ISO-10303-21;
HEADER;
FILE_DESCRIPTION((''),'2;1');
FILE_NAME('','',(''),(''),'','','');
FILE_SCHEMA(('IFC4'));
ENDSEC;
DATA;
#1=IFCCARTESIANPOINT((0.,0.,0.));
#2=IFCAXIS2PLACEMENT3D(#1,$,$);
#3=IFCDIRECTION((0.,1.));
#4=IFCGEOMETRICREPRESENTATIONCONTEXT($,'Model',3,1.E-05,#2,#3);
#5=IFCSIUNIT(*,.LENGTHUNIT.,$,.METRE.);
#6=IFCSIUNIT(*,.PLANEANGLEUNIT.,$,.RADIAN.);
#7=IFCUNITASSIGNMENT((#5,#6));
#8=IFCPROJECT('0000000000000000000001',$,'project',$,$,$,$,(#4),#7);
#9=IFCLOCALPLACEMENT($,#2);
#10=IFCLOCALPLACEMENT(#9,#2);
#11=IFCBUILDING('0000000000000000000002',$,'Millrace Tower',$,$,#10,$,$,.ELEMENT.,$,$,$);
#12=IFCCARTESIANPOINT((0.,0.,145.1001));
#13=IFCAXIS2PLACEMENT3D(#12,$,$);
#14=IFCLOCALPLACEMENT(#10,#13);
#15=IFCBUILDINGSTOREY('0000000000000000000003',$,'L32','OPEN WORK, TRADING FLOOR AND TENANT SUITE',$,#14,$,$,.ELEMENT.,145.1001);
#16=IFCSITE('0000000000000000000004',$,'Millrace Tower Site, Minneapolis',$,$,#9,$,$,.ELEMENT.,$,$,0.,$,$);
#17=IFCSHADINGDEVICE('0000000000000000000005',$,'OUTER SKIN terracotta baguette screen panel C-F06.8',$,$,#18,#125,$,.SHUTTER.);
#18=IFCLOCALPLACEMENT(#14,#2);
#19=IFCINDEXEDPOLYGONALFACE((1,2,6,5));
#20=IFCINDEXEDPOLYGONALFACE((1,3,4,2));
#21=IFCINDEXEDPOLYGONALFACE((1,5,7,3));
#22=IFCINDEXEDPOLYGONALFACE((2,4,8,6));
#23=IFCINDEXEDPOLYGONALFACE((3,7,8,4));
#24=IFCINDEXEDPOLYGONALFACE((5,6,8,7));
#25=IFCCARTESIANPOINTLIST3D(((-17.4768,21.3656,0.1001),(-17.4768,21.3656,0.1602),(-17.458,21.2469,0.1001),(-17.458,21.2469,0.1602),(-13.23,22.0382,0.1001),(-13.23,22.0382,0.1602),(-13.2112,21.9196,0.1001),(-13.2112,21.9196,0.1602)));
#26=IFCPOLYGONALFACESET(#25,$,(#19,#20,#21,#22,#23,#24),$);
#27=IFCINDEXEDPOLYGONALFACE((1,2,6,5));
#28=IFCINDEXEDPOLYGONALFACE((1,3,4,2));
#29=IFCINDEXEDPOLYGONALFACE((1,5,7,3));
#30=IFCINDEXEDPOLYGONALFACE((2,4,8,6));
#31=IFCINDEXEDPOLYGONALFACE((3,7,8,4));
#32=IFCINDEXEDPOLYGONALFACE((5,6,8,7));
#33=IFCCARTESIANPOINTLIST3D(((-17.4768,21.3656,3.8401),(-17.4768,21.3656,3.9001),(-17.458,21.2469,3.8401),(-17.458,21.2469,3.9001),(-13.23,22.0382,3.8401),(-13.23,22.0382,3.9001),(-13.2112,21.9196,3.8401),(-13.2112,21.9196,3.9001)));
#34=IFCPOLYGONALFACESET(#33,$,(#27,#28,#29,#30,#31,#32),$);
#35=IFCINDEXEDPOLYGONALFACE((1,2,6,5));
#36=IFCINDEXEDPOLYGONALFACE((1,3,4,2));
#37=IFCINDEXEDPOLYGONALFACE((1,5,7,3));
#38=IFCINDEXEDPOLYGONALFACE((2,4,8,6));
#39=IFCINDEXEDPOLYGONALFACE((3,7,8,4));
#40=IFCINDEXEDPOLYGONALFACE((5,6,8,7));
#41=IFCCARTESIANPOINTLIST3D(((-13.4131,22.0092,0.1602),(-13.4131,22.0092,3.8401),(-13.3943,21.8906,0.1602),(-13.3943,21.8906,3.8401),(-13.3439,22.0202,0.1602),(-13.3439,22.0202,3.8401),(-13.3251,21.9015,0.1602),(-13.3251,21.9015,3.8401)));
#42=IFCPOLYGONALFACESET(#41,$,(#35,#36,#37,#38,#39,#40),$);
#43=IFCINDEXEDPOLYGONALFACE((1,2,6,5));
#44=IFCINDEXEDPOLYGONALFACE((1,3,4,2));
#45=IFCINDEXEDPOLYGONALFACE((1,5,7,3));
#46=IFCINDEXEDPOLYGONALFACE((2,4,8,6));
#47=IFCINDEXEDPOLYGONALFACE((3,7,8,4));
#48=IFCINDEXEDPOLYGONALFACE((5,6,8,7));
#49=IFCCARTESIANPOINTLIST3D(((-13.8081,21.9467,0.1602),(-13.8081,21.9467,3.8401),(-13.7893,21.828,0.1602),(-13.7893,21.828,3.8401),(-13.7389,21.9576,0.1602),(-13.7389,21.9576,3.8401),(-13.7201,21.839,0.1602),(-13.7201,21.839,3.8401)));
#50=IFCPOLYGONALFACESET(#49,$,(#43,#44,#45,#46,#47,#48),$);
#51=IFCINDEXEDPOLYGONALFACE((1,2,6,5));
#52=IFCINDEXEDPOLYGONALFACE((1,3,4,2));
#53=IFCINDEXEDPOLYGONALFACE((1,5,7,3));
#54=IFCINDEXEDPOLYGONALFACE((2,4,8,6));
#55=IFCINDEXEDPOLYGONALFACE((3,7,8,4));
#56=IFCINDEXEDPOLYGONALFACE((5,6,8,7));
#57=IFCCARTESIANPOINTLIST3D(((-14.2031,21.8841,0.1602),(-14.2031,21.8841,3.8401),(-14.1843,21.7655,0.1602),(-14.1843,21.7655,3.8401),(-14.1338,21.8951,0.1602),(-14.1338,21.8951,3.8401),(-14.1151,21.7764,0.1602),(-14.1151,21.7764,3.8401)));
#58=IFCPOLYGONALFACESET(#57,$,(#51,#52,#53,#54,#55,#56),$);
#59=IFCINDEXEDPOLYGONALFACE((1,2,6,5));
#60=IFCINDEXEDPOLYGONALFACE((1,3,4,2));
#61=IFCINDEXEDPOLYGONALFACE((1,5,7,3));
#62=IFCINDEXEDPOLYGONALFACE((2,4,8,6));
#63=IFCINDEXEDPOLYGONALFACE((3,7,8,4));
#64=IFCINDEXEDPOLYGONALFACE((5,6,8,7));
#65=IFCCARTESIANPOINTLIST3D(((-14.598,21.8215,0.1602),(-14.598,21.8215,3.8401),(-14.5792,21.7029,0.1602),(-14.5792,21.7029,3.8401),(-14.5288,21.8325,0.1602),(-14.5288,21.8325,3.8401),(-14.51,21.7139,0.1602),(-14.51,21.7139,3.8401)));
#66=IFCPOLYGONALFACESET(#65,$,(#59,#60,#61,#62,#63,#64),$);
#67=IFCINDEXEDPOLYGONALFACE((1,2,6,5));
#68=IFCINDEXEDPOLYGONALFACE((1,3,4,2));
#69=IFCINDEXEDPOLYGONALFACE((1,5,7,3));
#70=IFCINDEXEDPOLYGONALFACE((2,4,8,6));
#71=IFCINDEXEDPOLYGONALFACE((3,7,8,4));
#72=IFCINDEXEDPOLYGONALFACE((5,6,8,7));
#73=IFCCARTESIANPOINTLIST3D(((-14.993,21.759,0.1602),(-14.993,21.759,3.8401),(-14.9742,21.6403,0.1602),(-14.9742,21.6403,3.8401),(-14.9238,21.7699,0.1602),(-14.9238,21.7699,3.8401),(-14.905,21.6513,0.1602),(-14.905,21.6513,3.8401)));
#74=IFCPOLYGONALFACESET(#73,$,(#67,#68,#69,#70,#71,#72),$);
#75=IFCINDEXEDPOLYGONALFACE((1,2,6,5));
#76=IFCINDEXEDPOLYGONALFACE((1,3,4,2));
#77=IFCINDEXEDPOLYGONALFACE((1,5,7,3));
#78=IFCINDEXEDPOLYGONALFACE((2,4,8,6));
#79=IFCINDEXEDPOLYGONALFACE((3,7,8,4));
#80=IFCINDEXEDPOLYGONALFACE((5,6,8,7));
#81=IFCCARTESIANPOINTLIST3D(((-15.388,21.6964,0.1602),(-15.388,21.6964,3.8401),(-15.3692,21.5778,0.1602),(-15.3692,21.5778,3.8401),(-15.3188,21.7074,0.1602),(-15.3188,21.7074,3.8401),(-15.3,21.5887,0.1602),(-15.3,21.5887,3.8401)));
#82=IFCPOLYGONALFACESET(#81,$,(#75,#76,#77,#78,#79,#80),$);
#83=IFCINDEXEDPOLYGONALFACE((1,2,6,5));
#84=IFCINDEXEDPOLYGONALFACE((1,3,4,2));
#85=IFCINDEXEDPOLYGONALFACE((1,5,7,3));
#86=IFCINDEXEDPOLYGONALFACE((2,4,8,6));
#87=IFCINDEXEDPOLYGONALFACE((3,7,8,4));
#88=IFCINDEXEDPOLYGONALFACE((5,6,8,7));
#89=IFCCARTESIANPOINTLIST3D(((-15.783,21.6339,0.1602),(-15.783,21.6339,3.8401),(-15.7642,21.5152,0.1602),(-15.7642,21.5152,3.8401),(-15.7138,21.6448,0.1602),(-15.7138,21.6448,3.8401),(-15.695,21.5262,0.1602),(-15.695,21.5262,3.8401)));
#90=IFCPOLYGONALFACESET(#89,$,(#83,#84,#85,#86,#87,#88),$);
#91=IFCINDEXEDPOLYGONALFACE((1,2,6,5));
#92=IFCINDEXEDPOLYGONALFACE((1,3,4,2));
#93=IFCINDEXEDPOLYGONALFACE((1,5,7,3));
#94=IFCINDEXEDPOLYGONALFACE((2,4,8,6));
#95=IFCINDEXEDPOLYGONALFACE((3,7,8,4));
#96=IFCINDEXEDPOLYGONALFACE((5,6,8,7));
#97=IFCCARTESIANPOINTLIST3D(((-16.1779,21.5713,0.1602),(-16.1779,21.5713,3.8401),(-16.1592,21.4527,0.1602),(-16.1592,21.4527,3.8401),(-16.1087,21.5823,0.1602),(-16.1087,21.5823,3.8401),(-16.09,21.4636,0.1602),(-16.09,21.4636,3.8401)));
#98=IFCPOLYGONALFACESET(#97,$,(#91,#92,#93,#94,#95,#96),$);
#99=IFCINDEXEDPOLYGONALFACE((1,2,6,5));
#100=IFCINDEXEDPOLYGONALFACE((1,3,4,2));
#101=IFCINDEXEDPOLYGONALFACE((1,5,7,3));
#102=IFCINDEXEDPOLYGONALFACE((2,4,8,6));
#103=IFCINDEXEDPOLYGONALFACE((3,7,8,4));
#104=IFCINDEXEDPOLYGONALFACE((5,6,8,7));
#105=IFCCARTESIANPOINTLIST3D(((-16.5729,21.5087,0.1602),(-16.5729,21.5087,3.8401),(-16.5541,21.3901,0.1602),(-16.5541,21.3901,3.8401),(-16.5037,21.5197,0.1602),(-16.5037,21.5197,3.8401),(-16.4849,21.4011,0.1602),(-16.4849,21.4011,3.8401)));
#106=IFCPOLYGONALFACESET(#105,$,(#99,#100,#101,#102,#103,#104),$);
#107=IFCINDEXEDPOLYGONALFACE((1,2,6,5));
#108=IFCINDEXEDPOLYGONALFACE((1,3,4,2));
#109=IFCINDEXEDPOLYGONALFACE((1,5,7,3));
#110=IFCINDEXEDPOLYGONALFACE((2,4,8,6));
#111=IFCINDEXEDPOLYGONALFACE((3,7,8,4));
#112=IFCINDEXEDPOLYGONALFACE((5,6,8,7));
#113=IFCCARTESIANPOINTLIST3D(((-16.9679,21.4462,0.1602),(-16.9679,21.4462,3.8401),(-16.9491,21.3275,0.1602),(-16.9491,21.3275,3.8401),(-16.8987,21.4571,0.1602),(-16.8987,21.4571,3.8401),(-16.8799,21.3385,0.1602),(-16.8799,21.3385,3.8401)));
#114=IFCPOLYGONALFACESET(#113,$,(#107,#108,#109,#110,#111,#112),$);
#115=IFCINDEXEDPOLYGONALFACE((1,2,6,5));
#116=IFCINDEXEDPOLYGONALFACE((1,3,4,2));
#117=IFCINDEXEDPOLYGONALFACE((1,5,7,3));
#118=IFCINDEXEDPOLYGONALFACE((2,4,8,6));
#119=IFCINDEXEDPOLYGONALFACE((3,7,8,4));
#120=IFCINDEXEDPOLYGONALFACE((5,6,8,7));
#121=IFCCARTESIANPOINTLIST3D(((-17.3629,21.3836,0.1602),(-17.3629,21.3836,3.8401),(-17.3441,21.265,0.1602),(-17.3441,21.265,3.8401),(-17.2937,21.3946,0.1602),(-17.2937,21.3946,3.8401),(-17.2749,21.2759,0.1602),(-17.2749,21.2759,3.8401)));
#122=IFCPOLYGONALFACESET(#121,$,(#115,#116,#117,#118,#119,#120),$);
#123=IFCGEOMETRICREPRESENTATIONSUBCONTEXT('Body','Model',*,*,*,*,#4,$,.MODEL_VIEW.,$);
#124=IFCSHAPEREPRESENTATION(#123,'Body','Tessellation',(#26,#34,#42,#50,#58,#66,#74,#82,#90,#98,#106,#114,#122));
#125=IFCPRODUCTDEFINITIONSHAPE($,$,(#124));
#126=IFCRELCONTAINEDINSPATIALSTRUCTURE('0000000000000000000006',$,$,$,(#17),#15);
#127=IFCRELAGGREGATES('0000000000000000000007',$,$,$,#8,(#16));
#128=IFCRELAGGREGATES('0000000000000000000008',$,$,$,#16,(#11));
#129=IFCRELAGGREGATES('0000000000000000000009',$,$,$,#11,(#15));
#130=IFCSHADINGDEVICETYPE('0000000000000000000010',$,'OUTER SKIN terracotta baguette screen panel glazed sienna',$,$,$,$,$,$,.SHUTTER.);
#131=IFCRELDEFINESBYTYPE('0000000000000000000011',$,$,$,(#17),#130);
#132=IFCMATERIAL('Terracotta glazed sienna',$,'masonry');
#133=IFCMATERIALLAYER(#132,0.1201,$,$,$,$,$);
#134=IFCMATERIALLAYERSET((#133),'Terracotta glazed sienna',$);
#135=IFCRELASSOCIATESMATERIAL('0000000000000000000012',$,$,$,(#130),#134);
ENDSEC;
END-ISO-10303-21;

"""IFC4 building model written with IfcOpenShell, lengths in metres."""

from ifc_helpers import new_model, entity, si_unit, direction, frame, frame_2d, origin, origin_2d, place, context, subcontext, project, spatial, rectangle, extrude, source, transform, mapped, material, layer, layer_set, type_object, element, save


model = new_model("IFC4")

# Units and contexts
model_context = context("Model", 3, precision=1e-05, world=origin(), true_north=direction((0.0, 1.0)))
body_context = subcontext(model_context, "Body", "Model", "MODEL_VIEW")
ifc_project = project(units=[si_unit("LENGTHUNIT", "METRE"), si_unit("PLANEANGLEUNIT", "RADIAN")], contexts=[model_context])

# Site, building, storey
site_placement = place(None, origin())
site = spatial("IfcSite", under=ifc_project, at=site_placement, Name="Millrace Tower Site, Minneapolis", CompositionType="ELEMENT", RefElevation=0.0)
building_placement = place(site_placement, origin())
building = spatial("IfcBuilding", under=site, at=building_placement, Name="Millrace Tower", CompositionType="ELEMENT")
storey_placement = place(building_placement, frame((0.0, 0.0, 145.1001)))
storey = spatial("IfcBuildingStorey", under=building, at=storey_placement, Name="L32", Description="OPEN WORK, TRADING FLOOR AND TENANT SUITE", CompositionType="ELEMENT", Elevation=145.1001)

# Shading device
ifc_material_1 = material(Name="Terracotta glazed sienna", Category="masonry")
ifc_layer_1 = layer(ifc_material_1, 0.1201)
ifc_layer_set_1 = layer_set([ifc_layer_1], Name="Terracotta glazed sienna")
shading_device_type = type_object("IfcShadingDeviceType", Name="OUTER SKIN terracotta baguette screen panel glazed sienna", PredefinedType="SHUTTER", material=ifc_layer_set_1)
cartesian_point_1 = entity("IfcCartesianPoint", [-2.1499, 0.0601])
shared_polyline_1 = entity("IfcPolyline", [cartesian_point_1, entity("IfcCartesianPoint", [2.1499, 0.0601]), entity("IfcCartesianPoint", [2.1499, -0.0601]), entity("IfcCartesianPoint", [-2.1499, -0.0601]), cartesian_point_1])
shared_shape_1 = source(origin(), body_context, "Body", "SweptSolid", [
    entity("IfcExtrudedAreaSolid", entity("IfcArbitraryClosedProfileDef", "AREA", None, shared_polyline_1), entity("IfcAxis2Placement3D", entity("IfcCartesianPoint", [0.0, 0.0, 0.0])), entity("IfcDirection", [0.0, 0.0, 1.0]), 0.0601),
    entity("IfcExtrudedAreaSolid", entity("IfcArbitraryClosedProfileDef", "AREA", None, shared_polyline_1), entity("IfcAxis2Placement3D", entity("IfcCartesianPoint", [0.0, 0.0, 3.74])), entity("IfcDirection", [0.0, 0.0, 1.0]), 0.0601),
    extrude(rectangle(XDim=0.0701, YDim=0.1201, at=frame_2d((-1.9995, 0.0))), frame((0.0, 0.0, 0.0601)), (0.0, 0.0, 1.0), 3.6799),
    extrude(rectangle(XDim=0.0701, YDim=0.1201, at=frame_2d((-1.5996, 0.0))), frame((0.0, 0.0, 0.0601)), (0.0, 0.0, 1.0), 3.6799),
    extrude(rectangle(XDim=0.0701, YDim=0.1201, at=frame_2d((-1.1997, 0.0))), frame((0.0, 0.0, 0.0601)), (0.0, 0.0, 1.0), 3.6799),
    extrude(rectangle(XDim=0.0701, YDim=0.1201, at=frame_2d((-0.7998, 0.0))), frame((0.0, 0.0, 0.0601)), (0.0, 0.0, 1.0), 3.6799),
    extrude(rectangle(XDim=0.0701, YDim=0.1201, at=frame_2d((-0.3999, 0.0))), frame((0.0, 0.0, 0.0601)), (0.0, 0.0, 1.0), 3.6799),
    extrude(rectangle(XDim=0.0701, YDim=0.1201, at=origin_2d()), frame((0.0, 0.0, 0.0601)), (0.0, 0.0, 1.0), 3.6799),
    extrude(rectangle(XDim=0.0701, YDim=0.1201, at=frame_2d((0.3999, 0.0))), frame((0.0, 0.0, 0.0601)), (0.0, 0.0, 1.0), 3.6799),
    extrude(rectangle(XDim=0.0701, YDim=0.1201, at=frame_2d((0.7998, 0.0))), frame((0.0, 0.0, 0.0601)), (0.0, 0.0, 1.0), 3.6799),
    extrude(rectangle(XDim=0.0701, YDim=0.1201, at=frame_2d((1.1997, 0.0))), frame((0.0, 0.0, 0.0601)), (0.0, 0.0, 1.0), 3.6799),
    extrude(rectangle(XDim=0.0701, YDim=0.1201, at=frame_2d((1.5996, 0.0))), frame((0.0, 0.0, 0.0601)), (0.0, 0.0, 1.0), 3.6799),
    extrude(rectangle(XDim=0.0701, YDim=0.1201, at=frame_2d((1.9995, 0.0))), frame((0.0, 0.0, 0.0601)), (0.0, 0.0, 1.0), 3.6799),
])
shading_device_1_placement = place(storey_placement, frame((-15.344, 21.6426, 0.1001), z_axis=(0.0, 0.0, 1.0), x_axis=(-0.987688, -0.156434, 0.0)))
element("IfcShadingDevice", 1, at=shading_device_1_placement, inside=storey, type_object=shading_device_type, Name="OUTER SKIN terracotta baguette screen panel C-F06.8", PredefinedType="SHUTTER", context=body_context, shape_type="MappedRepresentation", body=[
    mapped(shared_shape_1, transform((0.0, 0.0, 0.0), scale=1.0)),
])

save(model, "model.ifc")
